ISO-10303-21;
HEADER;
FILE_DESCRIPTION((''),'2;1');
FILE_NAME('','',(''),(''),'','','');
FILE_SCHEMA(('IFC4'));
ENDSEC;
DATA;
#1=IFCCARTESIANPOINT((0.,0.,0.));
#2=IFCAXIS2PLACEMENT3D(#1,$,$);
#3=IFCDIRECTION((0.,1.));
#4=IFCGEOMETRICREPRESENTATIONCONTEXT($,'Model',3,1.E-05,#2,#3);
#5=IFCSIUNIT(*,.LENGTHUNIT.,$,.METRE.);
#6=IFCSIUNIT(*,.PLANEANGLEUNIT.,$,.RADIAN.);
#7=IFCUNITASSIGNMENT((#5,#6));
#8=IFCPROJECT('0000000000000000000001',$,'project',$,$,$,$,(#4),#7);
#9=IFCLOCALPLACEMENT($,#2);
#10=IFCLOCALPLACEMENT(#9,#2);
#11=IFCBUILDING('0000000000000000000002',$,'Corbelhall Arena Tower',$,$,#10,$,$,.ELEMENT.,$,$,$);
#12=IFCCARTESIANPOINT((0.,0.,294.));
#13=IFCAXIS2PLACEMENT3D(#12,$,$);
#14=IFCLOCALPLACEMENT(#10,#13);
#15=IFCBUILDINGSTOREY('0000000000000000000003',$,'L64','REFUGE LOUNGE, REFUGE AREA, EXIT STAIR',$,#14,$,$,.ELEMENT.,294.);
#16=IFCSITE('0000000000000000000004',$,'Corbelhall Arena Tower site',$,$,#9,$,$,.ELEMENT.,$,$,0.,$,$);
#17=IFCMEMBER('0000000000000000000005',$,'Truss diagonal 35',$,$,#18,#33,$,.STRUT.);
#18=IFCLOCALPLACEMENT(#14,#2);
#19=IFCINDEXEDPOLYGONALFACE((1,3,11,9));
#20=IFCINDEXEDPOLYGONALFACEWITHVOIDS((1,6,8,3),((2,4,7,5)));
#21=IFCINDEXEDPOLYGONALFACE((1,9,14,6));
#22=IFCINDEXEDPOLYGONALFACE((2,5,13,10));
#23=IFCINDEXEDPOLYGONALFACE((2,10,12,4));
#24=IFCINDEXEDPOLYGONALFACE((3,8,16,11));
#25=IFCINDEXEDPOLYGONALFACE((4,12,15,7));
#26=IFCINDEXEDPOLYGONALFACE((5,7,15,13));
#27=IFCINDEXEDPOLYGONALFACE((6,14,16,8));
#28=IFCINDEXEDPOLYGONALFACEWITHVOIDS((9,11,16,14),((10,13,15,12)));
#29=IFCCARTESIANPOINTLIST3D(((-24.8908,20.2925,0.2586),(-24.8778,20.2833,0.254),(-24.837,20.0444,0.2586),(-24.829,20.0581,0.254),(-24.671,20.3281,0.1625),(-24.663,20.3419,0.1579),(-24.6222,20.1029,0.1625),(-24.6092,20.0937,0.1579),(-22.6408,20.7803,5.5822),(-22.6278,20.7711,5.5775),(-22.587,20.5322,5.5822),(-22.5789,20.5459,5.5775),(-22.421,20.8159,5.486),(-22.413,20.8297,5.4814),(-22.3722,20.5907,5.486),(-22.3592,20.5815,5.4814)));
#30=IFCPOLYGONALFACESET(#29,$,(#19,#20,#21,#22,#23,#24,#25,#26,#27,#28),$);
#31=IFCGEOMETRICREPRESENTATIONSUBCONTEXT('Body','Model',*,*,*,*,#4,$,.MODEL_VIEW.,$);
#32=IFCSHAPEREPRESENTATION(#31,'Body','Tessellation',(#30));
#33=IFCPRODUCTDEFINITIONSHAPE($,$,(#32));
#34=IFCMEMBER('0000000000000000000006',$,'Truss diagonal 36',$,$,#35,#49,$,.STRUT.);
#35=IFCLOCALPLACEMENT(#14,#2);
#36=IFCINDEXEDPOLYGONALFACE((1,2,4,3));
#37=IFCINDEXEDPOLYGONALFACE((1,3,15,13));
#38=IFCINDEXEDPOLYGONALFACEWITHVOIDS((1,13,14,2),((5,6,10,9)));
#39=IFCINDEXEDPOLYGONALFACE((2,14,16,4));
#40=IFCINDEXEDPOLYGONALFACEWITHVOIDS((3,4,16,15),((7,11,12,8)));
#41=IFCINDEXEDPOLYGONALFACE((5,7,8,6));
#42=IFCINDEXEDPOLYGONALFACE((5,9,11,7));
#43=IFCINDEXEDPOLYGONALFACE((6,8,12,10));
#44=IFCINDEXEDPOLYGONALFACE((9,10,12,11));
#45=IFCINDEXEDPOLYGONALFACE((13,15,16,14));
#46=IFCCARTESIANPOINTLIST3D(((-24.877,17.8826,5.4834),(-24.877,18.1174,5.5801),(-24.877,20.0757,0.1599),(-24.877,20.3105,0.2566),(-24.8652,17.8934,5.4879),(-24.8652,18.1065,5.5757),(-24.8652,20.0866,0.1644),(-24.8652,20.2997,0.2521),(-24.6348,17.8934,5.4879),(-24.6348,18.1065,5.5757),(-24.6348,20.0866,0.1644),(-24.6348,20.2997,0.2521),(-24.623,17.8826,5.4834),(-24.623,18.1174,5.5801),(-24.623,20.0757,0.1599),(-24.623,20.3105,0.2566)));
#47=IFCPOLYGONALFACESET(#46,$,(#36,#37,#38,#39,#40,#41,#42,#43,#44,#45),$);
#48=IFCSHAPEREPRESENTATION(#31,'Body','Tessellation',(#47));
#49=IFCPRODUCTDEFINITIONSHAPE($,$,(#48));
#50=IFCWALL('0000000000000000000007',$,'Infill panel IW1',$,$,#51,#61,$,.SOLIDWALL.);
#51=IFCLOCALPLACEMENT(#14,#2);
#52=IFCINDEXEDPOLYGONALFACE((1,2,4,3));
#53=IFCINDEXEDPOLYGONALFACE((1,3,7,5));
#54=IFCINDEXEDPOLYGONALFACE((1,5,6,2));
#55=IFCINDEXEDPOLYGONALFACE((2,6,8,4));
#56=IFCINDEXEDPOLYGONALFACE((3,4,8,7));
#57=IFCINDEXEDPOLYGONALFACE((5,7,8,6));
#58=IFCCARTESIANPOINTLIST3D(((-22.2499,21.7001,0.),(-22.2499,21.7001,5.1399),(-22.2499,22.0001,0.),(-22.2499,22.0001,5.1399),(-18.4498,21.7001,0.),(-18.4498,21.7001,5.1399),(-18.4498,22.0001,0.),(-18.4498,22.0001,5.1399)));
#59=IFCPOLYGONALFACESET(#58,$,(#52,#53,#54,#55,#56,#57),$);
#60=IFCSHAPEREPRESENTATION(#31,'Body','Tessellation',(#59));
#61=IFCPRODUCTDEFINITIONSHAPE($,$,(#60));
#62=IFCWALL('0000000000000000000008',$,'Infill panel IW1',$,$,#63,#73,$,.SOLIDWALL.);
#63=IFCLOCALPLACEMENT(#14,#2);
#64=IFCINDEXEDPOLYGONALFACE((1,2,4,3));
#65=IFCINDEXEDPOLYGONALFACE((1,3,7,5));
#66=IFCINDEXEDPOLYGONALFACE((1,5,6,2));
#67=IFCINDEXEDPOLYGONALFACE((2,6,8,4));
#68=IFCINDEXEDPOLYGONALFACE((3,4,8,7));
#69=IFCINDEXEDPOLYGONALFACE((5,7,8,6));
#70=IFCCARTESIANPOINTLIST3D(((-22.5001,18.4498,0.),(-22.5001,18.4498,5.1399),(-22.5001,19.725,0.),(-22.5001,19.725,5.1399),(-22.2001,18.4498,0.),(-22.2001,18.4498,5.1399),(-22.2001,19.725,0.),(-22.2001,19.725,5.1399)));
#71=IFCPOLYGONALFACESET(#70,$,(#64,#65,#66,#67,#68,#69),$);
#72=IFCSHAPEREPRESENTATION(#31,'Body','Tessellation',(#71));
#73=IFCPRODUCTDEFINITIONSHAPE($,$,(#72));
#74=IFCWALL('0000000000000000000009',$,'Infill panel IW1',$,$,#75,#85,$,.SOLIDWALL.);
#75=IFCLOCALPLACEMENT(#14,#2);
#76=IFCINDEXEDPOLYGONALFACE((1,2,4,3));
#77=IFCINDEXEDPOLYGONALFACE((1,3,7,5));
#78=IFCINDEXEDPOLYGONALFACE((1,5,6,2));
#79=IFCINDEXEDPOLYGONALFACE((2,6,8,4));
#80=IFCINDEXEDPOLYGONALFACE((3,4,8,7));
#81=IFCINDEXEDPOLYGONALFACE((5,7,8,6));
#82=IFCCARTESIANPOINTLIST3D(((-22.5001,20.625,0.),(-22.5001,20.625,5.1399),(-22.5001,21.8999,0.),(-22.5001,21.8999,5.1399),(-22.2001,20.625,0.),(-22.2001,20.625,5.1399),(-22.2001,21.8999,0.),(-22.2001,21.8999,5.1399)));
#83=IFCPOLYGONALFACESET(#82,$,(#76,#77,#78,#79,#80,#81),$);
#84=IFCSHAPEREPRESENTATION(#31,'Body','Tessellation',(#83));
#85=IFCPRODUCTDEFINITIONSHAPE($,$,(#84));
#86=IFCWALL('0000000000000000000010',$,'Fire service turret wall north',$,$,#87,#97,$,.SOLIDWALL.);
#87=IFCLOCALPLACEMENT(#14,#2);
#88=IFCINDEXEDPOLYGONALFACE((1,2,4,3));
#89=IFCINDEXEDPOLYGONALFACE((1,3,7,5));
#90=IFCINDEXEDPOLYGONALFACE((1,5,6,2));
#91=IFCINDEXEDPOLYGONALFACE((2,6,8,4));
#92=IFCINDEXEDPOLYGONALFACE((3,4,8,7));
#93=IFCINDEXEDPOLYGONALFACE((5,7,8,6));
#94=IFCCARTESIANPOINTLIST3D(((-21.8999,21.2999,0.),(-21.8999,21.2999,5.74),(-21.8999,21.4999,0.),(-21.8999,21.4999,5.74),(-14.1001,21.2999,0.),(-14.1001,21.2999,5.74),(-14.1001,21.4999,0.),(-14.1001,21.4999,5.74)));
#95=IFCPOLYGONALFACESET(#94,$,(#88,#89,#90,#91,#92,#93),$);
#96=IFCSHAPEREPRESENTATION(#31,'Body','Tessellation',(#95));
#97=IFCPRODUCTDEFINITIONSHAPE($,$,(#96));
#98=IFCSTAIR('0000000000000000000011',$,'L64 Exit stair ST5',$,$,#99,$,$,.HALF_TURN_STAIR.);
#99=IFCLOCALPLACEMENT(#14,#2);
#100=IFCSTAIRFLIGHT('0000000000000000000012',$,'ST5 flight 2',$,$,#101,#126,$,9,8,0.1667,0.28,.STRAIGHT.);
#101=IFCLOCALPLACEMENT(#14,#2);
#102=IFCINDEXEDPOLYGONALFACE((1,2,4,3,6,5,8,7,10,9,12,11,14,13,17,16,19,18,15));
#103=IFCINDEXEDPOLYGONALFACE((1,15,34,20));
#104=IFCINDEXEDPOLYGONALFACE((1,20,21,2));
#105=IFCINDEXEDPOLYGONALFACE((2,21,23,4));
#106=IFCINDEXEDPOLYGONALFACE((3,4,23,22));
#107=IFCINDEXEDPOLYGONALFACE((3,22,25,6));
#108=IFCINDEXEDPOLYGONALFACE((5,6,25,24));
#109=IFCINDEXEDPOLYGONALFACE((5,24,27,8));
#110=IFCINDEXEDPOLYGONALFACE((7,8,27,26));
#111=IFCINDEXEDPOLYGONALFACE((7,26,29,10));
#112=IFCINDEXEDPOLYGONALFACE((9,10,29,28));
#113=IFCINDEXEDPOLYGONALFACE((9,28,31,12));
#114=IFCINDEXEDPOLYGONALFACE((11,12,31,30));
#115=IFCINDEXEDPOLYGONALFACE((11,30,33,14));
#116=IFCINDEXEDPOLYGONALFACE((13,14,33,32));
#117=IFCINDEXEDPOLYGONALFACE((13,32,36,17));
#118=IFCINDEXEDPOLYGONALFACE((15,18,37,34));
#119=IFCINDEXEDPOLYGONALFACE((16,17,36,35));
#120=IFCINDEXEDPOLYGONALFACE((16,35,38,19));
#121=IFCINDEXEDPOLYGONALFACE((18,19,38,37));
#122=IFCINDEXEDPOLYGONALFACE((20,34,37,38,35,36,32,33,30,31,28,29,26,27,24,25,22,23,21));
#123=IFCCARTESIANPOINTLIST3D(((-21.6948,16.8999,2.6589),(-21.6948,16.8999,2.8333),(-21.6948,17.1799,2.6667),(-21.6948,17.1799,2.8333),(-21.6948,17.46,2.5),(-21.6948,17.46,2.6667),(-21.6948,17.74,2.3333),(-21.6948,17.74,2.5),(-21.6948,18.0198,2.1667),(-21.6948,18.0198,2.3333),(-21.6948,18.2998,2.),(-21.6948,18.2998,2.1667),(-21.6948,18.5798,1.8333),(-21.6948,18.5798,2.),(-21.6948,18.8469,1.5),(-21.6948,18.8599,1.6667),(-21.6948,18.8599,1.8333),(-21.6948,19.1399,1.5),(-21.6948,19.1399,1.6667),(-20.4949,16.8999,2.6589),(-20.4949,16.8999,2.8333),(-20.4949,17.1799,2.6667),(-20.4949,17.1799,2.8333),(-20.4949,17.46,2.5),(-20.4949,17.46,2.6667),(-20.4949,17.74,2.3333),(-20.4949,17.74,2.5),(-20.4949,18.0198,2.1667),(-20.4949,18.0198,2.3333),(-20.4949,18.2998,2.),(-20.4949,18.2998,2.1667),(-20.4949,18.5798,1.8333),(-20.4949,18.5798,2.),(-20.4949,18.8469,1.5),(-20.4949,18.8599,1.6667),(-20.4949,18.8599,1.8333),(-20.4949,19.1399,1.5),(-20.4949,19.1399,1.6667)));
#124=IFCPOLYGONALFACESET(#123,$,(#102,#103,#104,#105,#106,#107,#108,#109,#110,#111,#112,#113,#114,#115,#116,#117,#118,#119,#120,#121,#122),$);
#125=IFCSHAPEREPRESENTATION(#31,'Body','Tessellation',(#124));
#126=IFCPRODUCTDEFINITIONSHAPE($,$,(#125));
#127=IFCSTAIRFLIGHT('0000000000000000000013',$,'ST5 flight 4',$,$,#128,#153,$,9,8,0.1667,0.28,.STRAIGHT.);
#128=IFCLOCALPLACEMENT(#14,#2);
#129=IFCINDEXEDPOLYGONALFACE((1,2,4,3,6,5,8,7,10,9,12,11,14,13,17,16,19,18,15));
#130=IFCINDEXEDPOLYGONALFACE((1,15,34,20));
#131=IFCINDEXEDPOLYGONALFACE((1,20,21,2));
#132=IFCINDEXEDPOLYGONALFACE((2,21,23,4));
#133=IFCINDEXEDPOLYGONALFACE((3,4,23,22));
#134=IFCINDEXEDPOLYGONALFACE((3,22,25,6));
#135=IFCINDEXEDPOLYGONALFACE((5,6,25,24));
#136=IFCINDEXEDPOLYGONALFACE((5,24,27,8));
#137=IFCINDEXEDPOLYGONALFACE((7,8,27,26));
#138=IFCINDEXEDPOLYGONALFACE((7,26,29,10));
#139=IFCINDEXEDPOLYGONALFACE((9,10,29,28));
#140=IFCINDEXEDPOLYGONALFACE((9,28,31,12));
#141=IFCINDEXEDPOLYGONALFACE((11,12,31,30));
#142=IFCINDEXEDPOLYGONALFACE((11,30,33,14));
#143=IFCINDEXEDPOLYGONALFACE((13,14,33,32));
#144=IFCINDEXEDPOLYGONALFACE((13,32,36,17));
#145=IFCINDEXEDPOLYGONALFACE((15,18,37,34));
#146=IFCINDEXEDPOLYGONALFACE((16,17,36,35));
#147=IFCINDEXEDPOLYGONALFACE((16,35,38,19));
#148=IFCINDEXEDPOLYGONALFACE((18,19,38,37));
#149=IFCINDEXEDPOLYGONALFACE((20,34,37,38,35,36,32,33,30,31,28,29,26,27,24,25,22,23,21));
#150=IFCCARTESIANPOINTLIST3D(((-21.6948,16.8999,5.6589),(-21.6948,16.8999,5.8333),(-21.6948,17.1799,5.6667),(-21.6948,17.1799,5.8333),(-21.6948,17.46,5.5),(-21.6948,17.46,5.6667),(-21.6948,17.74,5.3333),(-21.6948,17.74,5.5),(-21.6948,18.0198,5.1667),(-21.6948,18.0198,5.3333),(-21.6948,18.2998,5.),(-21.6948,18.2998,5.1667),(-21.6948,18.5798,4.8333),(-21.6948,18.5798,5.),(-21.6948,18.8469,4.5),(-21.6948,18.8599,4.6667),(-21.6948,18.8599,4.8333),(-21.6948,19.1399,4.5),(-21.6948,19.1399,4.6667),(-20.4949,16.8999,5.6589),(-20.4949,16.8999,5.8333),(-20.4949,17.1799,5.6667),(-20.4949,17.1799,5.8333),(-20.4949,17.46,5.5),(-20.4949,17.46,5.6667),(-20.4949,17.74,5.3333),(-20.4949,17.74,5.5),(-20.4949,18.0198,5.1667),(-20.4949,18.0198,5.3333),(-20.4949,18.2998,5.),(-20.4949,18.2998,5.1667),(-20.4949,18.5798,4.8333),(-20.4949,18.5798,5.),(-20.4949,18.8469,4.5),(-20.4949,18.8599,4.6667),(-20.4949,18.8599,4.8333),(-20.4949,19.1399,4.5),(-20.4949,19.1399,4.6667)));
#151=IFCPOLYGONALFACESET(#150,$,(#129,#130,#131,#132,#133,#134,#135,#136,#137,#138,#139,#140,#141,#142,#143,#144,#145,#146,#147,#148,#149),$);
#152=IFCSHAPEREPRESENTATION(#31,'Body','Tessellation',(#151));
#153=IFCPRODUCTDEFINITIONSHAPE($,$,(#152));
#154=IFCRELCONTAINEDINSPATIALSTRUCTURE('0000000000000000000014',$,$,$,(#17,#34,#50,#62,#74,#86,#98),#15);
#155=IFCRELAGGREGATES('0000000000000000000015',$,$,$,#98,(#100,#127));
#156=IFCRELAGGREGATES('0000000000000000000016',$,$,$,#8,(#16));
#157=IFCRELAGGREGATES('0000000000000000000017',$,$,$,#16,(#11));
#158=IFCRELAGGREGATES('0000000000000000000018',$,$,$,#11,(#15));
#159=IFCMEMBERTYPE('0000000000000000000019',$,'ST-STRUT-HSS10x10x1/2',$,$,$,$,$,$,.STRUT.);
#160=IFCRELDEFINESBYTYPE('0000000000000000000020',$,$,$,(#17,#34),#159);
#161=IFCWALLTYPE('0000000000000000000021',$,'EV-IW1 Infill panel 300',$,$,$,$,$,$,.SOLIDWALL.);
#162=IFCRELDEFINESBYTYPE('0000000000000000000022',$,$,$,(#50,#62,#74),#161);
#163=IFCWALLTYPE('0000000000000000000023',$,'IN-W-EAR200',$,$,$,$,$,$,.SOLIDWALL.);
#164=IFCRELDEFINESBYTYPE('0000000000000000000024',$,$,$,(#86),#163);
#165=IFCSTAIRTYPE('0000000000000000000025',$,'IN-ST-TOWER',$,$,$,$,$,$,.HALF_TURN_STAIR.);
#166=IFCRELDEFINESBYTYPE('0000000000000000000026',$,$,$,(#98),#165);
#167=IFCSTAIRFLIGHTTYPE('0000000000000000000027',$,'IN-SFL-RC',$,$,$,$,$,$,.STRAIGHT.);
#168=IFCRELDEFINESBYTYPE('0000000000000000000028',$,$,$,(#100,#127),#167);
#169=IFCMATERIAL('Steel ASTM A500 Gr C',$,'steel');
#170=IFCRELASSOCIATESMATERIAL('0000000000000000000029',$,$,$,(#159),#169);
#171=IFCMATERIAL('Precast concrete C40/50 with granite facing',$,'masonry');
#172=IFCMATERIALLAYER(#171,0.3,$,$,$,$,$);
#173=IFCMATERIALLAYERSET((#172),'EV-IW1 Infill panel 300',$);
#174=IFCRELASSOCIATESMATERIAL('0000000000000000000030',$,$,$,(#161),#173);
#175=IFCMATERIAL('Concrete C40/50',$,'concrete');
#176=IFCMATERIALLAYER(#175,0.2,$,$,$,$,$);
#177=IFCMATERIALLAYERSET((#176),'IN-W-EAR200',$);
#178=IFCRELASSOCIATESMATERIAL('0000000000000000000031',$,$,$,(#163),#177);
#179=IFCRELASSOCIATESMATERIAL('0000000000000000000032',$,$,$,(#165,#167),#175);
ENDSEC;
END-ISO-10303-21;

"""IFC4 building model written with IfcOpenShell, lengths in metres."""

from ifc_helpers import new_model, si_unit, direction, frame, frame_2d, origin, origin_2d, place, context, subcontext, project, spatial, polyline, rectangle, hollow_rectangle, outline, extrude, material, layer, layer_set, material_profile, profile_set, type_object, element, aggregate, save


model = new_model("IFC4")

# Units and contexts
model_context = context("Model", 3, precision=1e-05, world=origin(), true_north=direction((0.0, 1.0)))
body_context = subcontext(model_context, "Body", "Model", "MODEL_VIEW")
ifc_project = project(units=[si_unit("LENGTHUNIT", "METRE"), si_unit("PLANEANGLEUNIT", "RADIAN")], contexts=[model_context])

# Site, building, storey
site_placement = place(None, origin())
site = spatial("IfcSite", under=ifc_project, at=site_placement, Name="Corbelhall Arena Tower site", CompositionType="ELEMENT", RefElevation=0.0)
building_placement = place(site_placement, origin())
building = spatial("IfcBuilding", under=site, at=building_placement, Name="Corbelhall Arena Tower", CompositionType="ELEMENT")
storey_placement = place(building_placement, frame((0.0, 0.0, 294.0)))
storey = spatial("IfcBuildingStorey", under=building, at=storey_placement, Name="L64", Description="REFUGE LOUNGE, REFUGE AREA, EXIT STAIR", CompositionType="ELEMENT", Elevation=294.0)

# Members
ifc_material_1 = material(Name="Steel ASTM A500 Gr C", Category="steel")
ifc_material_profile_1 = material_profile(ifc_material_1, hollow_rectangle(XDim=0.2539, YDim=0.2539, WallThickness=0.0117, at=origin_2d()))
ifc_profile_set_1 = profile_set([ifc_material_profile_1], Name="Steel ASTM A500 Gr C")
member_type_1 = type_object("IfcMemberType", Name="ST-STRUT-HSS10x10x1/2", PredefinedType="STRUT", material=ifc_profile_set_1)
member_1_placement = place(storey_placement, frame((-24.75, 20.1931, 0.2083), z_axis=(0.387931, 0.084102, 0.917843), x_axis=(-0.211875, 0.977297, 0.0)))
element("IfcMember", 1, at=member_1_placement, inside=storey, type_object=member_type_1, Name="Truss diagonal 35", PredefinedType="STRUT", context=body_context, shape_type="SweptSolid", body=[
    extrude(hollow_rectangle(XDim=0.2539, YDim=0.2539, WallThickness=0.0117, at=origin_2d()), origin(), (0.0, 0.0, 1.0), 5.8),
])
member_2_placement = place(storey_placement, frame((-24.75, 20.1931, 0.2083), z_axis=(0.0, -0.380912, 0.924611), x_axis=(1.0, 0.0, 0.0)))
element("IfcMember", 2, at=member_2_placement, inside=storey, type_object=member_type_1, Name="Truss diagonal 36", PredefinedType="STRUT", context=body_context, shape_type="SweptSolid", body=[
    extrude(hollow_rectangle(XDim=0.2539, YDim=0.2539, WallThickness=0.0117, at=origin_2d()), origin(), (0.0, 0.0, 1.0), 5.7576),
])

# Walls
ifc_material_2 = material(Name="Precast concrete C40/50 with granite facing", Category="masonry")
ifc_layer_1 = layer(ifc_material_2, 0.3)
ifc_layer_set_1 = layer_set([ifc_layer_1], Name="EV-IW1 Infill panel 300")
wall_type_1 = type_object("IfcWallType", Name="EV-IW1 Infill panel 300", PredefinedType="SOLIDWALL", material=ifc_layer_set_1)
wall_1_placement = place(storey_placement, frame((-18.45, 21.8501, 0.0), z_axis=(0.0, 0.0, 1.0), x_axis=(-1.0, 0.0, 0.0)))
element("IfcWall", 3, at=wall_1_placement, inside=storey, type_object=wall_type_1, Name="Infill panel IW1", PredefinedType="SOLIDWALL", context=body_context, shape_type="SweptSolid", body=[
    extrude(rectangle(XDim=3.8, YDim=0.3, at=frame_2d((1.8999, 0.0))), origin(), (0.0, 0.0, 1.0), 5.1399),
])
wall_2_placement = place(storey_placement, frame((-22.3501, 19.7251, 0.0), z_axis=(0.0, 0.0, 1.0), x_axis=(0.0, -1.0, 0.0)))
element("IfcWall", 4, at=wall_2_placement, inside=storey, type_object=wall_type_1, Name="Infill panel IW1", PredefinedType="SOLIDWALL", context=body_context, shape_type="SweptSolid", body=[
    extrude(rectangle(XDim=1.2751, YDim=0.3, at=frame_2d((0.6377, 0.0))), origin(), (0.0, 0.0, 1.0), 5.1399),
])
wall_3_placement = place(storey_placement, frame((-22.3501, 21.8999, 0.0), z_axis=(0.0, 0.0, 1.0), x_axis=(0.0, -1.0, 0.0)))
element("IfcWall", 5, at=wall_3_placement, inside=storey, type_object=wall_type_1, Name="Infill panel IW1", PredefinedType="SOLIDWALL", context=body_context, shape_type="SweptSolid", body=[
    extrude(rectangle(XDim=1.2749, YDim=0.3, at=frame_2d((0.6375, 0.0))), origin(), (0.0, 0.0, 1.0), 5.1399),
])
ifc_material_3 = material(Name="Concrete C40/50", Category="concrete")
ifc_layer_2 = layer(ifc_material_3, 0.2)
ifc_layer_set_2 = layer_set([ifc_layer_2], Name="IN-W-EAR200")
wall_type_2 = type_object("IfcWallType", Name="IN-W-EAR200", PredefinedType="SOLIDWALL", material=ifc_layer_set_2)
wall_4_placement = place(storey_placement, frame((-21.8999, 21.3999, 0.0), z_axis=(0.0, 0.0, 1.0), x_axis=(1.0, 0.0, 0.0)))
element("IfcWall", 6, at=wall_4_placement, inside=storey, type_object=wall_type_2, Name="Fire service turret wall north", PredefinedType="SOLIDWALL", context=body_context, shape_type="SweptSolid", body=[
    extrude(rectangle(XDim=7.7998, YDim=0.2, at=frame_2d((3.8999, 0.0))), origin(), (0.0, 0.0, 1.0), 5.74),
])

# Stair, stair flights
stair_type = type_object("IfcStairType", Name="IN-ST-TOWER", PredefinedType="HALF_TURN_STAIR", material=ifc_material_3)
stair_placement = place(storey_placement, origin())
stair = element("IfcStair", 7, at=stair_placement, inside=storey, type_object=stair_type, Name="L64 Exit stair ST5", PredefinedType="HALF_TURN_STAIR")
stair_flight_type = type_object("IfcStairFlightType", Name="IN-SFL-RC", PredefinedType="STRAIGHT", material=ifc_material_3)
stair_flight_1_placement = place(storey_placement, frame((-21.095, 19.1399, 1.5), z_axis=(0.0, 0.0, 1.0), x_axis=(0.0, -1.0, 0.0)))
stair_flight_1 = element("IfcStairFlight", 8, at=stair_flight_1_placement, type_object=stair_flight_type, Name="ST5 flight 2", NumberOfRisers=9, NumberOfTreads=8, PredefinedType="STRAIGHT", RiserHeight=0.1667, TreadLength=0.28, context=body_context, shape_type="SweptSolid", body=[
    extrude(outline(polyline([(0.0, 0.0), (0.0, 0.1667), (0.28, 0.1667), (0.28, 0.3333), (0.5601, 0.3333), (0.5601, 0.5), (0.8401, 0.5), (0.8401, 0.6667), (1.1201, 0.6667), (1.1201, 0.8333), (1.3999, 0.8333), (1.3999, 1.0), (1.6799, 1.0), (1.6799, 1.1667), (1.96, 1.1667), (1.96, 1.3333), (2.24, 1.3333), (2.24, 1.5), (2.24, 1.1589), (0.293, 0.0), (0.0, 0.0)])), frame((0.0, 0.6001, 0.0), z_axis=(0.0, -1.0, 0.0), x_axis=(1.0, 0.0, 0.0)), (0.0, 0.0, 1.0), 1.2),
])
stair_flight_2_placement = place(storey_placement, frame((-21.095, 19.1399, 4.5), z_axis=(0.0, 0.0, 1.0), x_axis=(0.0, -1.0, 0.0)))
stair_flight_2 = element("IfcStairFlight", 9, at=stair_flight_2_placement, type_object=stair_flight_type, Name="ST5 flight 4", NumberOfRisers=9, NumberOfTreads=8, PredefinedType="STRAIGHT", RiserHeight=0.1667, TreadLength=0.28, context=body_context, shape_type="SweptSolid", body=[
    extrude(outline(polyline([(0.0, 0.0), (0.0, 0.1667), (0.28, 0.1667), (0.28, 0.3333), (0.5601, 0.3333), (0.5601, 0.5), (0.8401, 0.5), (0.8401, 0.6667), (1.1201, 0.6667), (1.1201, 0.8333), (1.3999, 0.8333), (1.3999, 1.0), (1.6799, 1.0), (1.6799, 1.1667), (1.96, 1.1667), (1.96, 1.3333), (2.24, 1.3333), (2.24, 1.5), (2.24, 1.1589), (0.293, 0.0), (0.0, 0.0)])), frame((0.0, 0.6001, 0.0), z_axis=(0.0, -1.0, 0.0), x_axis=(1.0, 0.0, 0.0)), (0.0, 0.0, 1.0), 1.2),
])
aggregate(stair, [stair_flight_1, stair_flight_2])

save(model, "model.ifc")
